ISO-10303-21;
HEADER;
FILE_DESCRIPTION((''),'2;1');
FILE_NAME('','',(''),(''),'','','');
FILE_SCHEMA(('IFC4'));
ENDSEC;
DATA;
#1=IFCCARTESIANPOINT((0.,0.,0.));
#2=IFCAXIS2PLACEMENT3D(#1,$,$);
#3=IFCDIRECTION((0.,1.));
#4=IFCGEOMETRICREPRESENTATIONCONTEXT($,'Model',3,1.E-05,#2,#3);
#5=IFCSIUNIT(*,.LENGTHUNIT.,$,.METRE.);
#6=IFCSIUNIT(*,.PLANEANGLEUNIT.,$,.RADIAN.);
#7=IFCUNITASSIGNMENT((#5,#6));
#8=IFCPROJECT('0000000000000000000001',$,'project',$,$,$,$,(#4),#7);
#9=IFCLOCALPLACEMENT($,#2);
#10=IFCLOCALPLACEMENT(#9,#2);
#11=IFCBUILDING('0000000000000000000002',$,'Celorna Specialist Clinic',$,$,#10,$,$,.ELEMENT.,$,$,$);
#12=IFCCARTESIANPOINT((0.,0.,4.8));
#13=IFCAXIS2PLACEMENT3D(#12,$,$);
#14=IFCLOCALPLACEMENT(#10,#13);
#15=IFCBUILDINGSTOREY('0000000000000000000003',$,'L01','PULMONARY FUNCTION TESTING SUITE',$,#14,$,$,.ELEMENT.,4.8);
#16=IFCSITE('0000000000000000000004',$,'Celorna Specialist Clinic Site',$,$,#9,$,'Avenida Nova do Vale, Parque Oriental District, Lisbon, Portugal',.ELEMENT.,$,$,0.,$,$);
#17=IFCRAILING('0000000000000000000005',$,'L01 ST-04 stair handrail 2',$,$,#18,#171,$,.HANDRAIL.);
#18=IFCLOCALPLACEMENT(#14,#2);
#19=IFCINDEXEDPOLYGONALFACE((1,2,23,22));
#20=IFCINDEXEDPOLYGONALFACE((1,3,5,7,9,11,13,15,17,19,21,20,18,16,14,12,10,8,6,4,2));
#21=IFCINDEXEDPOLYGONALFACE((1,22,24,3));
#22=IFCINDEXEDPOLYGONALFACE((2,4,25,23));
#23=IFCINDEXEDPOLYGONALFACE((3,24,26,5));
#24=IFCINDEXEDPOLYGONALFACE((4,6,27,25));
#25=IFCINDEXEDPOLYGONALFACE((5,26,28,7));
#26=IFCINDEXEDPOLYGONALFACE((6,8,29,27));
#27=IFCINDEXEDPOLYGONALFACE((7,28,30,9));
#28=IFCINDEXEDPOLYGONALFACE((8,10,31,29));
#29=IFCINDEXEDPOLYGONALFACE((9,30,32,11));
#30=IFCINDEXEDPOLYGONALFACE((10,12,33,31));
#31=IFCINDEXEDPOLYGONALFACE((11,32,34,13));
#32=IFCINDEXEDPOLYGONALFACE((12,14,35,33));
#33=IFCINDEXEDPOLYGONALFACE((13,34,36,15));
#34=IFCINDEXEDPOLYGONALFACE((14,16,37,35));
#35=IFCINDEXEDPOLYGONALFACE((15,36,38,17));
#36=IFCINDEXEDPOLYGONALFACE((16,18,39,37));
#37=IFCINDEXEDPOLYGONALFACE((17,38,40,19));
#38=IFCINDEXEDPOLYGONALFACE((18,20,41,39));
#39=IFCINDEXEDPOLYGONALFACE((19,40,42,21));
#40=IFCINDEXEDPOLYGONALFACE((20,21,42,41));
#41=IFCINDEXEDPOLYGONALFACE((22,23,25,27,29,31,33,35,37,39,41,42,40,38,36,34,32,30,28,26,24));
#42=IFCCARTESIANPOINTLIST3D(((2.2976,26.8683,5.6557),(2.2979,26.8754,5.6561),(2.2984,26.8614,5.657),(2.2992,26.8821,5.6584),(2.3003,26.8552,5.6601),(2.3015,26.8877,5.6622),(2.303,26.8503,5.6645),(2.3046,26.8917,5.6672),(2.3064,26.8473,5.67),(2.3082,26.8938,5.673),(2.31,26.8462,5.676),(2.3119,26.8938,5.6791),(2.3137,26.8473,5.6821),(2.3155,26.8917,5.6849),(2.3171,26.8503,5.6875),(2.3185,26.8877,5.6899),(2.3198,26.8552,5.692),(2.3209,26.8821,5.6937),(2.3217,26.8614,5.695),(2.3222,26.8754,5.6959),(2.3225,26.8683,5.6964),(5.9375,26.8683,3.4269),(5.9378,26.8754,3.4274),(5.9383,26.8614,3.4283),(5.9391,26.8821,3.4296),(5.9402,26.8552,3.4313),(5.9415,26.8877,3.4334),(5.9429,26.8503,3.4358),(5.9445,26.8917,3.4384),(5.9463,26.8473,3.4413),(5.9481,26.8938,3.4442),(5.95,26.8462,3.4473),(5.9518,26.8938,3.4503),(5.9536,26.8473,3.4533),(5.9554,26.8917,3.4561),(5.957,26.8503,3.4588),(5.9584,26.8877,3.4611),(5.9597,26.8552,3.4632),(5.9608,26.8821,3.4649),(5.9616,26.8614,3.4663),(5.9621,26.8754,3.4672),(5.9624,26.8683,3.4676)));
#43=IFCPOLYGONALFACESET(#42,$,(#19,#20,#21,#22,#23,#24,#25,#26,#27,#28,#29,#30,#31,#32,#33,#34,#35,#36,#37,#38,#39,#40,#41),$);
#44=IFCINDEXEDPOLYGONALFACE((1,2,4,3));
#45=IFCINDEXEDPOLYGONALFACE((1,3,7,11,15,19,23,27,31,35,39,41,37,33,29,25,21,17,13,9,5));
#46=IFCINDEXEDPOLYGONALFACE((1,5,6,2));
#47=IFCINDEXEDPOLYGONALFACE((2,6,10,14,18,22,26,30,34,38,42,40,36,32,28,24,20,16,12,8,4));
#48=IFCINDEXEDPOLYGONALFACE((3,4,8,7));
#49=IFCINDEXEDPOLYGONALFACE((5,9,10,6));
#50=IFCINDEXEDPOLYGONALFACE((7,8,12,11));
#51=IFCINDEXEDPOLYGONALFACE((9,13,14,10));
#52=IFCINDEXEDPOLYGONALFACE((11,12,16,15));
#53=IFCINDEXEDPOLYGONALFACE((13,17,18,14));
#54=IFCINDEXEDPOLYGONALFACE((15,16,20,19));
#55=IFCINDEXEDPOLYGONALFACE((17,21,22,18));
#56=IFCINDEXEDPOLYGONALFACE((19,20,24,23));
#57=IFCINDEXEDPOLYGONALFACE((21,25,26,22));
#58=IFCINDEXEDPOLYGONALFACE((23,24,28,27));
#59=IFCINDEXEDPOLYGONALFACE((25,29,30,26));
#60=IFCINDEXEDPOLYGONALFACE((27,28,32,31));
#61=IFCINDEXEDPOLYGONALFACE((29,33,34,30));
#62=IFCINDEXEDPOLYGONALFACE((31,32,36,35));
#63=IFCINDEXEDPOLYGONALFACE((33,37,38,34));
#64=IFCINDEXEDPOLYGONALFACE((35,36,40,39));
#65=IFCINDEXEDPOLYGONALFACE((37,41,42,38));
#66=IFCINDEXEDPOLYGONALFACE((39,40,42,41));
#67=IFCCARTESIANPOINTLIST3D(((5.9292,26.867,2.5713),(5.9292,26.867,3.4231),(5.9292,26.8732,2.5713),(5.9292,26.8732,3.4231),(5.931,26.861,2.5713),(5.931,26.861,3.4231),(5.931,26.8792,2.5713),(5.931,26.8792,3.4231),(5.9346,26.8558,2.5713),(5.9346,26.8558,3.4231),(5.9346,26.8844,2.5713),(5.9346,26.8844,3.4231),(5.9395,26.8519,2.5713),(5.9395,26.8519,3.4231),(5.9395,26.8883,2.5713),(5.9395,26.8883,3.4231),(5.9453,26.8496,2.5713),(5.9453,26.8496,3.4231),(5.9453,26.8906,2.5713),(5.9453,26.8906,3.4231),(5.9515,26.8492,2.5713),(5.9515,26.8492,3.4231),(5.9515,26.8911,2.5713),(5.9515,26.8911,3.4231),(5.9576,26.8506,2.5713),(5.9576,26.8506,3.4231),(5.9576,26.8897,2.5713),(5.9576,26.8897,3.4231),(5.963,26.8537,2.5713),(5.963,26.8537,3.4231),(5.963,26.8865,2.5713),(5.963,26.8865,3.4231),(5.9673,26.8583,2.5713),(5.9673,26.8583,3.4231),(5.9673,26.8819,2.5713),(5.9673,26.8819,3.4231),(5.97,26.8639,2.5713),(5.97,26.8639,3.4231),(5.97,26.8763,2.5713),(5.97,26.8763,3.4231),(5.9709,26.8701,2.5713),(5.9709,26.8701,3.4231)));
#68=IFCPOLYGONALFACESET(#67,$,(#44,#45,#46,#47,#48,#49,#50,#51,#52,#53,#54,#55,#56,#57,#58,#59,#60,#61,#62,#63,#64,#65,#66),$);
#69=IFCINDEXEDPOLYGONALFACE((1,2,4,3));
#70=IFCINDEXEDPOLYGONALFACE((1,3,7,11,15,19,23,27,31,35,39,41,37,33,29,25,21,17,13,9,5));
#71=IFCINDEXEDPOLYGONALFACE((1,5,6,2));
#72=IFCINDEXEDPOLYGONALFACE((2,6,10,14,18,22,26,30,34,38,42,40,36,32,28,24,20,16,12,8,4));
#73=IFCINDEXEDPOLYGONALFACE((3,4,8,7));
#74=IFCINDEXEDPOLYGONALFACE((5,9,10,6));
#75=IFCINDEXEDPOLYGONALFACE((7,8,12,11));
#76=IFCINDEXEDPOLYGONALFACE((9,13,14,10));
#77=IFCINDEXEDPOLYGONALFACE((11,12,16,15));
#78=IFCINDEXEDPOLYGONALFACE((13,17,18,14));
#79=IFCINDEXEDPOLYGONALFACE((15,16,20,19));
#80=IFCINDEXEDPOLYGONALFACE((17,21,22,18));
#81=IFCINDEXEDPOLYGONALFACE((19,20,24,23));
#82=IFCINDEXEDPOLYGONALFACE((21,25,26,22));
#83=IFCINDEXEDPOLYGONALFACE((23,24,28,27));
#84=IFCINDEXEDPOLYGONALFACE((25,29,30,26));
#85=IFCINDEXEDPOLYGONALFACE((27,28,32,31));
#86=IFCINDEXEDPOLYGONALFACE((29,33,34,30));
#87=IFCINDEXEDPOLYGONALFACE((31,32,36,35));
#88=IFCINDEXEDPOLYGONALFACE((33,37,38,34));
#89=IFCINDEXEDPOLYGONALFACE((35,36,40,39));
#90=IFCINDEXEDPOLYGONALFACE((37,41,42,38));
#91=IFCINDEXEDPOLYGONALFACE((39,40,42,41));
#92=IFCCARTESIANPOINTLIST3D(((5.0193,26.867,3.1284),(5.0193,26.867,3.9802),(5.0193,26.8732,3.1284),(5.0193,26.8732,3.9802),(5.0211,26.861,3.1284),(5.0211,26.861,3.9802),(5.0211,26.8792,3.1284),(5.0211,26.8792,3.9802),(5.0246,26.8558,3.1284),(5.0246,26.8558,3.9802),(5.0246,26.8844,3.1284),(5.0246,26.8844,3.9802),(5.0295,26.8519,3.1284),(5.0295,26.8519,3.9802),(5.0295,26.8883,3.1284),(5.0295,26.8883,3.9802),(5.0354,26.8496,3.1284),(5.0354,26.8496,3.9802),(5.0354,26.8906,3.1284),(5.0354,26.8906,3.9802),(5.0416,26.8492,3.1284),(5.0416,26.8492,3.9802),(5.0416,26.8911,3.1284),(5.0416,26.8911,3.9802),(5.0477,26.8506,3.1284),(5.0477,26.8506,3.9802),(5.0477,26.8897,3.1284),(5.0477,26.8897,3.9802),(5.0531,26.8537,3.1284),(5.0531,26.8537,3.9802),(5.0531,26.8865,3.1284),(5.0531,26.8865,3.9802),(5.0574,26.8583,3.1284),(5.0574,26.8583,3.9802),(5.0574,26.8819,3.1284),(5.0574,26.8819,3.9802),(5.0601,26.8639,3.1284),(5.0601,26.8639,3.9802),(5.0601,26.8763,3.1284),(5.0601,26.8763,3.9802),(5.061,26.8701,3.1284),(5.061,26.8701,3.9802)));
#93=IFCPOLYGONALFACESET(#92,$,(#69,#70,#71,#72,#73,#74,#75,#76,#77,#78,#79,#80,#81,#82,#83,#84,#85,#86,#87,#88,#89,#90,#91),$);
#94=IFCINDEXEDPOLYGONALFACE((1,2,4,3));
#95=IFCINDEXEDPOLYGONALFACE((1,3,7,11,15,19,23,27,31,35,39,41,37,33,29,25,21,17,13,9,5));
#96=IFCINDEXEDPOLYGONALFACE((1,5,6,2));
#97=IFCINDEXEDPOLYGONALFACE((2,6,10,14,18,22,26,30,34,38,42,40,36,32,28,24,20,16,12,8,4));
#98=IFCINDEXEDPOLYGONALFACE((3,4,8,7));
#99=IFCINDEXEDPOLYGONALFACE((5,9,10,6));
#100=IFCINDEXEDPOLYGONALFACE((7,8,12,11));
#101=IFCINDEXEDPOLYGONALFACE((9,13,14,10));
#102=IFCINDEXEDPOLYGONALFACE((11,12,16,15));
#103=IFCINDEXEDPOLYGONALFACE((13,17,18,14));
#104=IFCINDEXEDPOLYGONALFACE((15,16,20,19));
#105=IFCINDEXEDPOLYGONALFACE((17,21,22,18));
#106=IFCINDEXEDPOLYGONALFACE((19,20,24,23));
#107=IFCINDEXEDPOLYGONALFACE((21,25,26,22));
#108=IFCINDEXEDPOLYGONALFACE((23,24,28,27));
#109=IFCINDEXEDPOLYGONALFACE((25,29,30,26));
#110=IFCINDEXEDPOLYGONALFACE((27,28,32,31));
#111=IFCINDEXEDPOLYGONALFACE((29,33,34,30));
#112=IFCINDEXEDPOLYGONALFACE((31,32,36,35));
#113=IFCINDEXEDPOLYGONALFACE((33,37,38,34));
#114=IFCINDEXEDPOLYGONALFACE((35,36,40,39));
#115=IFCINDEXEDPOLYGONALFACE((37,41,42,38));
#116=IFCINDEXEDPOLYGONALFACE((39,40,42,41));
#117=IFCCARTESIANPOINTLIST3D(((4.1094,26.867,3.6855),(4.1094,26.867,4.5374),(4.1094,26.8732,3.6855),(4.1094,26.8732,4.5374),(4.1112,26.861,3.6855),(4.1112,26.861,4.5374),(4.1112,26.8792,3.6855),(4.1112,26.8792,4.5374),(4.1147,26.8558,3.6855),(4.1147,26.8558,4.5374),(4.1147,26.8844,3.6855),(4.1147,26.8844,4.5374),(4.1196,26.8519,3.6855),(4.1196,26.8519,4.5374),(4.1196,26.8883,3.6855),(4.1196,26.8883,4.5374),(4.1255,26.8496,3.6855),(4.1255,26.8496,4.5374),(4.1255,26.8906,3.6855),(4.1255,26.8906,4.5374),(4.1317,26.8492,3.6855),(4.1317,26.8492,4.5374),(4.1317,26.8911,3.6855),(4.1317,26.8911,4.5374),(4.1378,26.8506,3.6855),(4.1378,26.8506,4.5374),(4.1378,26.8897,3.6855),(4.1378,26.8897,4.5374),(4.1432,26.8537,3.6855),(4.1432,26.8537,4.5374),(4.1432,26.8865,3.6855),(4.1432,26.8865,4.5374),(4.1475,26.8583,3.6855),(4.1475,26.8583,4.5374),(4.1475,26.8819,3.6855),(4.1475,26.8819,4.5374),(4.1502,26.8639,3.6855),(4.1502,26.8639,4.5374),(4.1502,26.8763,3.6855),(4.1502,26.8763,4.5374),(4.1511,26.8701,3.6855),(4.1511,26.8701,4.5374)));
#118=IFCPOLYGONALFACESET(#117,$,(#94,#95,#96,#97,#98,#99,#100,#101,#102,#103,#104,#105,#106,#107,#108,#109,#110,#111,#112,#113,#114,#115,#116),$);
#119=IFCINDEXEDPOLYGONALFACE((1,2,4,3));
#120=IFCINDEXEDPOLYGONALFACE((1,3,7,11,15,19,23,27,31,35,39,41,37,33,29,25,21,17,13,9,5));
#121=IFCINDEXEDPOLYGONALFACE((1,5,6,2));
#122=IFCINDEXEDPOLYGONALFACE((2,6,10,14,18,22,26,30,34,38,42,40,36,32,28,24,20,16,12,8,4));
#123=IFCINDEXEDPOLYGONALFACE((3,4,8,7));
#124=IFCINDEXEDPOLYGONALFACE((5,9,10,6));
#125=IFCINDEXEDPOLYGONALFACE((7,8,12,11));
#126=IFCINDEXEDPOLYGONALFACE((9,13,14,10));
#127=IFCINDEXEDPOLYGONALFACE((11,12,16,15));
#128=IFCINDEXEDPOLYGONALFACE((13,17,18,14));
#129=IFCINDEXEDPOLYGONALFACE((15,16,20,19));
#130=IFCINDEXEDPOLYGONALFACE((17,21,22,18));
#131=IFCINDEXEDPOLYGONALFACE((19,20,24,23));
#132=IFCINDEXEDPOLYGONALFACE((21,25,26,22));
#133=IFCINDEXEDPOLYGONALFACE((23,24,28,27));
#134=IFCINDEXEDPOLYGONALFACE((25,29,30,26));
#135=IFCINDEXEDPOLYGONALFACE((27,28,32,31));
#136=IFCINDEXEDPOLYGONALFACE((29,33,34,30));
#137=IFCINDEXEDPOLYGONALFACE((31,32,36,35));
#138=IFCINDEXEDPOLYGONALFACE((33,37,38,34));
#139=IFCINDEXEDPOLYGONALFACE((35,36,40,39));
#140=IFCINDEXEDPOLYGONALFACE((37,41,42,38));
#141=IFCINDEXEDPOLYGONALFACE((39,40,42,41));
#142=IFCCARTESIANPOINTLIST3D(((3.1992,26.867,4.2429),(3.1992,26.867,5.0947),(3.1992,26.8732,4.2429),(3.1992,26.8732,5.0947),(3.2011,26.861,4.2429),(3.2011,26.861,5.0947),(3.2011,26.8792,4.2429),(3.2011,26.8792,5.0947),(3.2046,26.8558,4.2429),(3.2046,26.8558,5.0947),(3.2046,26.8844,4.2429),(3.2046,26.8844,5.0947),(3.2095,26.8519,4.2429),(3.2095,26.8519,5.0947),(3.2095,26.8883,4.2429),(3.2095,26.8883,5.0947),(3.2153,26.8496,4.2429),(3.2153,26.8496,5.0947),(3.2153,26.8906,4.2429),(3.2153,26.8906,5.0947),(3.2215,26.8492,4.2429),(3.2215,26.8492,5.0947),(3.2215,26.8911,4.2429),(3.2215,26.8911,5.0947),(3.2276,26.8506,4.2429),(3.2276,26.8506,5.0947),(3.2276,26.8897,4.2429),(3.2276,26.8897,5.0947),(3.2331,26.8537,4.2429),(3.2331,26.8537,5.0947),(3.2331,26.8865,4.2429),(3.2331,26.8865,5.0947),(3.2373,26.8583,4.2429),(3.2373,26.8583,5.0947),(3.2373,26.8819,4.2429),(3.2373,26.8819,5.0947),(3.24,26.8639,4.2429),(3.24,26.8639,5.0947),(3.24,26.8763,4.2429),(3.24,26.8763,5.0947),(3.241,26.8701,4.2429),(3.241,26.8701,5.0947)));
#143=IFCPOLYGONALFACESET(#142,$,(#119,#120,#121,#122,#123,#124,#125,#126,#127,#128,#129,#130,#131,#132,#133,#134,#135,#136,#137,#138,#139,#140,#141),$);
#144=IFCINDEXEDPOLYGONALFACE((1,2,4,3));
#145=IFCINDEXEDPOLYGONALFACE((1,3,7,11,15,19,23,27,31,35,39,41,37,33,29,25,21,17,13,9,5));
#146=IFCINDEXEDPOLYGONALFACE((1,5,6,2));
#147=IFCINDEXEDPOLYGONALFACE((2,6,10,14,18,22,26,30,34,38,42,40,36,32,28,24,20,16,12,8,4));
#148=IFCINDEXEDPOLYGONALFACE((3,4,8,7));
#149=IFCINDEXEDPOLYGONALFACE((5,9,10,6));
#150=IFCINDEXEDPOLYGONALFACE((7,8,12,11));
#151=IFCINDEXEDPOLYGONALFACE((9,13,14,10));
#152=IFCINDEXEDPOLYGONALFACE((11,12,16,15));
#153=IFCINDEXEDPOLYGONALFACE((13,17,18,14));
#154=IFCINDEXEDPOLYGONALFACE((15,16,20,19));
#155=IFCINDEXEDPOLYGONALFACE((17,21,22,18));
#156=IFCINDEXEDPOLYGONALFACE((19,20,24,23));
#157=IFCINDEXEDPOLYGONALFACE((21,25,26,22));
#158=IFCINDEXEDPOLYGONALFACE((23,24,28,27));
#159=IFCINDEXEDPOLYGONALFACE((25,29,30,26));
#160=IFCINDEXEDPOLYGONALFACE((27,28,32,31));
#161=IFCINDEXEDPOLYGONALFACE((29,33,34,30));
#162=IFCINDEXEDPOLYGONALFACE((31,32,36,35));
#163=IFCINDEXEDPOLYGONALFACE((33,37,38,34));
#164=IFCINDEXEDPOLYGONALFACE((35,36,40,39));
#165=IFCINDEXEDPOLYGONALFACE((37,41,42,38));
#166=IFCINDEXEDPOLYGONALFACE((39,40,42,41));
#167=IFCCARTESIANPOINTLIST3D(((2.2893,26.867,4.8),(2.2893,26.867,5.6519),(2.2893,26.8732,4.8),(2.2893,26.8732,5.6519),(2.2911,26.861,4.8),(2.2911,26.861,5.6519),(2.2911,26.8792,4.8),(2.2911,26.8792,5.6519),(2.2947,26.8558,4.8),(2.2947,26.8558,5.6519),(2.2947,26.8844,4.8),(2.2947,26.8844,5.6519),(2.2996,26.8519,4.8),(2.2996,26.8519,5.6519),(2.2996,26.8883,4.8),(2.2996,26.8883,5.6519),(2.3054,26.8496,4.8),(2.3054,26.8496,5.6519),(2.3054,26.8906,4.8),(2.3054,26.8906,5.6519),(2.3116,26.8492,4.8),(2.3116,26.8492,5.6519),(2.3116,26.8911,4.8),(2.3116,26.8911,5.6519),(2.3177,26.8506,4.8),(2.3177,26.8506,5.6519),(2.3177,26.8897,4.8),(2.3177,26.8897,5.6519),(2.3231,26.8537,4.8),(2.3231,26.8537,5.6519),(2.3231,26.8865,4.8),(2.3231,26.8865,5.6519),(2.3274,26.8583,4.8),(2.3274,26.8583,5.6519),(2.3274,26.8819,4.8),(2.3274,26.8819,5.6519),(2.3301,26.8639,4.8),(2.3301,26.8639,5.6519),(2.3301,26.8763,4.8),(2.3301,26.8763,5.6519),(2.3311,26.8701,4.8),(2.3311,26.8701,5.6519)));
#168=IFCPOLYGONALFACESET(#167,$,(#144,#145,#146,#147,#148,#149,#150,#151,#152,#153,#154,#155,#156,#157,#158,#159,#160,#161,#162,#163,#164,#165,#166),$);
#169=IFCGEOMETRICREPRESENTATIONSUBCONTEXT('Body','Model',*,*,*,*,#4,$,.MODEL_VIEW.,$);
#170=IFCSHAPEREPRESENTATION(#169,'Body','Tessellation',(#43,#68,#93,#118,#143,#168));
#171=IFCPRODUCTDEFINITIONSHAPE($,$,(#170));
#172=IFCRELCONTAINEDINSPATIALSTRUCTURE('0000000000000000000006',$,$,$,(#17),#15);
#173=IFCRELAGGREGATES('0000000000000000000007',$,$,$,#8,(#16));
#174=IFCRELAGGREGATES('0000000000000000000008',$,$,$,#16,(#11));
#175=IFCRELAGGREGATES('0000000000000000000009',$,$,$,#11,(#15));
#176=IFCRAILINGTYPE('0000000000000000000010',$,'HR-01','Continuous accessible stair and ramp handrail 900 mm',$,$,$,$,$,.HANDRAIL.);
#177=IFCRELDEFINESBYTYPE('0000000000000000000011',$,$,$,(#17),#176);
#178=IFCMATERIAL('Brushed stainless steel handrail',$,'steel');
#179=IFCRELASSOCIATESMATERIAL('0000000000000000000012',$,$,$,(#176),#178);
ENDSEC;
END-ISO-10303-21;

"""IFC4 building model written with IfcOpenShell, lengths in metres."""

from ifc_helpers import new_model, si_unit, direction, frame, origin, origin_2d, place, context, subcontext, project, spatial, circle, extrude, material, type_object, element, save


model = new_model("IFC4")

# Units and contexts
model_context = context("Model", 3, precision=1e-05, world=origin(), true_north=direction((0.0, 1.0)))
body_context = subcontext(model_context, "Body", "Model", "MODEL_VIEW")
ifc_project = project(units=[si_unit("LENGTHUNIT", "METRE"), si_unit("PLANEANGLEUNIT", "RADIAN")], contexts=[model_context])

# Site, building, storey
site_placement = place(None, origin())
site = spatial("IfcSite", under=ifc_project, at=site_placement, Name="Celorna Specialist Clinic Site", LongName="Avenida Nova do Vale, Parque Oriental District, Lisbon, Portugal", CompositionType="ELEMENT", RefElevation=0.0)
building_placement = place(site_placement, origin())
building = spatial("IfcBuilding", under=site, at=building_placement, Name="Celorna Specialist Clinic", CompositionType="ELEMENT")
storey_placement = place(building_placement, frame((0.0, 0.0, 4.8)))
storey = spatial("IfcBuildingStorey", under=building, at=storey_placement, Name="L01", Description="PULMONARY FUNCTION TESTING SUITE", CompositionType="ELEMENT", Elevation=4.8)

# Railing
ifc_material_1 = material(Name="Brushed stainless steel handrail", Category="steel")
railing_type_1 = type_object("IfcRailingType", Name="HR-01", Description="Continuous accessible stair and ramp handrail 900 mm", PredefinedType="HANDRAIL", material=ifc_material_1)
railing_1_placement = place(storey_placement, frame((5.95, 26.8701, 2.5713)))
element("IfcRailing", 1, at=railing_1_placement, inside=storey, type_object=railing_type_1, Name="L01 ST-04 stair handrail 2", PredefinedType="HANDRAIL", context=body_context, shape_type="SweptSolid", body=[
    extrude(circle(Radius=0.0239, at=origin_2d()), frame((0.0, 0.0, 0.876), z_axis=(-0.852825, 0.0, 0.522197), x_axis=(0.0, -1.0, 0.0)), (0.0, 0.0, 1.0), 4.2681),
    extrude(circle(Radius=0.021, at=origin_2d()), origin(), (0.0, 0.0, 1.0), 0.8518),
    extrude(circle(Radius=0.021, at=origin_2d()), frame((-0.9099, 0.0, 0.5571)), (0.0, 0.0, 1.0), 0.8518),
    extrude(circle(Radius=0.021, at=origin_2d()), frame((-1.8198, 0.0, 1.1143)), (0.0, 0.0, 1.0), 0.8518),
    extrude(circle(Radius=0.021, at=origin_2d()), frame((-2.73, 0.0, 1.6716)), (0.0, 0.0, 1.0), 0.8518),
    extrude(circle(Radius=0.021, at=origin_2d()), frame((-3.6399, 0.0, 2.2288)), (0.0, 0.0, 1.0), 0.8518),
])

save(model, "model.ifc")
